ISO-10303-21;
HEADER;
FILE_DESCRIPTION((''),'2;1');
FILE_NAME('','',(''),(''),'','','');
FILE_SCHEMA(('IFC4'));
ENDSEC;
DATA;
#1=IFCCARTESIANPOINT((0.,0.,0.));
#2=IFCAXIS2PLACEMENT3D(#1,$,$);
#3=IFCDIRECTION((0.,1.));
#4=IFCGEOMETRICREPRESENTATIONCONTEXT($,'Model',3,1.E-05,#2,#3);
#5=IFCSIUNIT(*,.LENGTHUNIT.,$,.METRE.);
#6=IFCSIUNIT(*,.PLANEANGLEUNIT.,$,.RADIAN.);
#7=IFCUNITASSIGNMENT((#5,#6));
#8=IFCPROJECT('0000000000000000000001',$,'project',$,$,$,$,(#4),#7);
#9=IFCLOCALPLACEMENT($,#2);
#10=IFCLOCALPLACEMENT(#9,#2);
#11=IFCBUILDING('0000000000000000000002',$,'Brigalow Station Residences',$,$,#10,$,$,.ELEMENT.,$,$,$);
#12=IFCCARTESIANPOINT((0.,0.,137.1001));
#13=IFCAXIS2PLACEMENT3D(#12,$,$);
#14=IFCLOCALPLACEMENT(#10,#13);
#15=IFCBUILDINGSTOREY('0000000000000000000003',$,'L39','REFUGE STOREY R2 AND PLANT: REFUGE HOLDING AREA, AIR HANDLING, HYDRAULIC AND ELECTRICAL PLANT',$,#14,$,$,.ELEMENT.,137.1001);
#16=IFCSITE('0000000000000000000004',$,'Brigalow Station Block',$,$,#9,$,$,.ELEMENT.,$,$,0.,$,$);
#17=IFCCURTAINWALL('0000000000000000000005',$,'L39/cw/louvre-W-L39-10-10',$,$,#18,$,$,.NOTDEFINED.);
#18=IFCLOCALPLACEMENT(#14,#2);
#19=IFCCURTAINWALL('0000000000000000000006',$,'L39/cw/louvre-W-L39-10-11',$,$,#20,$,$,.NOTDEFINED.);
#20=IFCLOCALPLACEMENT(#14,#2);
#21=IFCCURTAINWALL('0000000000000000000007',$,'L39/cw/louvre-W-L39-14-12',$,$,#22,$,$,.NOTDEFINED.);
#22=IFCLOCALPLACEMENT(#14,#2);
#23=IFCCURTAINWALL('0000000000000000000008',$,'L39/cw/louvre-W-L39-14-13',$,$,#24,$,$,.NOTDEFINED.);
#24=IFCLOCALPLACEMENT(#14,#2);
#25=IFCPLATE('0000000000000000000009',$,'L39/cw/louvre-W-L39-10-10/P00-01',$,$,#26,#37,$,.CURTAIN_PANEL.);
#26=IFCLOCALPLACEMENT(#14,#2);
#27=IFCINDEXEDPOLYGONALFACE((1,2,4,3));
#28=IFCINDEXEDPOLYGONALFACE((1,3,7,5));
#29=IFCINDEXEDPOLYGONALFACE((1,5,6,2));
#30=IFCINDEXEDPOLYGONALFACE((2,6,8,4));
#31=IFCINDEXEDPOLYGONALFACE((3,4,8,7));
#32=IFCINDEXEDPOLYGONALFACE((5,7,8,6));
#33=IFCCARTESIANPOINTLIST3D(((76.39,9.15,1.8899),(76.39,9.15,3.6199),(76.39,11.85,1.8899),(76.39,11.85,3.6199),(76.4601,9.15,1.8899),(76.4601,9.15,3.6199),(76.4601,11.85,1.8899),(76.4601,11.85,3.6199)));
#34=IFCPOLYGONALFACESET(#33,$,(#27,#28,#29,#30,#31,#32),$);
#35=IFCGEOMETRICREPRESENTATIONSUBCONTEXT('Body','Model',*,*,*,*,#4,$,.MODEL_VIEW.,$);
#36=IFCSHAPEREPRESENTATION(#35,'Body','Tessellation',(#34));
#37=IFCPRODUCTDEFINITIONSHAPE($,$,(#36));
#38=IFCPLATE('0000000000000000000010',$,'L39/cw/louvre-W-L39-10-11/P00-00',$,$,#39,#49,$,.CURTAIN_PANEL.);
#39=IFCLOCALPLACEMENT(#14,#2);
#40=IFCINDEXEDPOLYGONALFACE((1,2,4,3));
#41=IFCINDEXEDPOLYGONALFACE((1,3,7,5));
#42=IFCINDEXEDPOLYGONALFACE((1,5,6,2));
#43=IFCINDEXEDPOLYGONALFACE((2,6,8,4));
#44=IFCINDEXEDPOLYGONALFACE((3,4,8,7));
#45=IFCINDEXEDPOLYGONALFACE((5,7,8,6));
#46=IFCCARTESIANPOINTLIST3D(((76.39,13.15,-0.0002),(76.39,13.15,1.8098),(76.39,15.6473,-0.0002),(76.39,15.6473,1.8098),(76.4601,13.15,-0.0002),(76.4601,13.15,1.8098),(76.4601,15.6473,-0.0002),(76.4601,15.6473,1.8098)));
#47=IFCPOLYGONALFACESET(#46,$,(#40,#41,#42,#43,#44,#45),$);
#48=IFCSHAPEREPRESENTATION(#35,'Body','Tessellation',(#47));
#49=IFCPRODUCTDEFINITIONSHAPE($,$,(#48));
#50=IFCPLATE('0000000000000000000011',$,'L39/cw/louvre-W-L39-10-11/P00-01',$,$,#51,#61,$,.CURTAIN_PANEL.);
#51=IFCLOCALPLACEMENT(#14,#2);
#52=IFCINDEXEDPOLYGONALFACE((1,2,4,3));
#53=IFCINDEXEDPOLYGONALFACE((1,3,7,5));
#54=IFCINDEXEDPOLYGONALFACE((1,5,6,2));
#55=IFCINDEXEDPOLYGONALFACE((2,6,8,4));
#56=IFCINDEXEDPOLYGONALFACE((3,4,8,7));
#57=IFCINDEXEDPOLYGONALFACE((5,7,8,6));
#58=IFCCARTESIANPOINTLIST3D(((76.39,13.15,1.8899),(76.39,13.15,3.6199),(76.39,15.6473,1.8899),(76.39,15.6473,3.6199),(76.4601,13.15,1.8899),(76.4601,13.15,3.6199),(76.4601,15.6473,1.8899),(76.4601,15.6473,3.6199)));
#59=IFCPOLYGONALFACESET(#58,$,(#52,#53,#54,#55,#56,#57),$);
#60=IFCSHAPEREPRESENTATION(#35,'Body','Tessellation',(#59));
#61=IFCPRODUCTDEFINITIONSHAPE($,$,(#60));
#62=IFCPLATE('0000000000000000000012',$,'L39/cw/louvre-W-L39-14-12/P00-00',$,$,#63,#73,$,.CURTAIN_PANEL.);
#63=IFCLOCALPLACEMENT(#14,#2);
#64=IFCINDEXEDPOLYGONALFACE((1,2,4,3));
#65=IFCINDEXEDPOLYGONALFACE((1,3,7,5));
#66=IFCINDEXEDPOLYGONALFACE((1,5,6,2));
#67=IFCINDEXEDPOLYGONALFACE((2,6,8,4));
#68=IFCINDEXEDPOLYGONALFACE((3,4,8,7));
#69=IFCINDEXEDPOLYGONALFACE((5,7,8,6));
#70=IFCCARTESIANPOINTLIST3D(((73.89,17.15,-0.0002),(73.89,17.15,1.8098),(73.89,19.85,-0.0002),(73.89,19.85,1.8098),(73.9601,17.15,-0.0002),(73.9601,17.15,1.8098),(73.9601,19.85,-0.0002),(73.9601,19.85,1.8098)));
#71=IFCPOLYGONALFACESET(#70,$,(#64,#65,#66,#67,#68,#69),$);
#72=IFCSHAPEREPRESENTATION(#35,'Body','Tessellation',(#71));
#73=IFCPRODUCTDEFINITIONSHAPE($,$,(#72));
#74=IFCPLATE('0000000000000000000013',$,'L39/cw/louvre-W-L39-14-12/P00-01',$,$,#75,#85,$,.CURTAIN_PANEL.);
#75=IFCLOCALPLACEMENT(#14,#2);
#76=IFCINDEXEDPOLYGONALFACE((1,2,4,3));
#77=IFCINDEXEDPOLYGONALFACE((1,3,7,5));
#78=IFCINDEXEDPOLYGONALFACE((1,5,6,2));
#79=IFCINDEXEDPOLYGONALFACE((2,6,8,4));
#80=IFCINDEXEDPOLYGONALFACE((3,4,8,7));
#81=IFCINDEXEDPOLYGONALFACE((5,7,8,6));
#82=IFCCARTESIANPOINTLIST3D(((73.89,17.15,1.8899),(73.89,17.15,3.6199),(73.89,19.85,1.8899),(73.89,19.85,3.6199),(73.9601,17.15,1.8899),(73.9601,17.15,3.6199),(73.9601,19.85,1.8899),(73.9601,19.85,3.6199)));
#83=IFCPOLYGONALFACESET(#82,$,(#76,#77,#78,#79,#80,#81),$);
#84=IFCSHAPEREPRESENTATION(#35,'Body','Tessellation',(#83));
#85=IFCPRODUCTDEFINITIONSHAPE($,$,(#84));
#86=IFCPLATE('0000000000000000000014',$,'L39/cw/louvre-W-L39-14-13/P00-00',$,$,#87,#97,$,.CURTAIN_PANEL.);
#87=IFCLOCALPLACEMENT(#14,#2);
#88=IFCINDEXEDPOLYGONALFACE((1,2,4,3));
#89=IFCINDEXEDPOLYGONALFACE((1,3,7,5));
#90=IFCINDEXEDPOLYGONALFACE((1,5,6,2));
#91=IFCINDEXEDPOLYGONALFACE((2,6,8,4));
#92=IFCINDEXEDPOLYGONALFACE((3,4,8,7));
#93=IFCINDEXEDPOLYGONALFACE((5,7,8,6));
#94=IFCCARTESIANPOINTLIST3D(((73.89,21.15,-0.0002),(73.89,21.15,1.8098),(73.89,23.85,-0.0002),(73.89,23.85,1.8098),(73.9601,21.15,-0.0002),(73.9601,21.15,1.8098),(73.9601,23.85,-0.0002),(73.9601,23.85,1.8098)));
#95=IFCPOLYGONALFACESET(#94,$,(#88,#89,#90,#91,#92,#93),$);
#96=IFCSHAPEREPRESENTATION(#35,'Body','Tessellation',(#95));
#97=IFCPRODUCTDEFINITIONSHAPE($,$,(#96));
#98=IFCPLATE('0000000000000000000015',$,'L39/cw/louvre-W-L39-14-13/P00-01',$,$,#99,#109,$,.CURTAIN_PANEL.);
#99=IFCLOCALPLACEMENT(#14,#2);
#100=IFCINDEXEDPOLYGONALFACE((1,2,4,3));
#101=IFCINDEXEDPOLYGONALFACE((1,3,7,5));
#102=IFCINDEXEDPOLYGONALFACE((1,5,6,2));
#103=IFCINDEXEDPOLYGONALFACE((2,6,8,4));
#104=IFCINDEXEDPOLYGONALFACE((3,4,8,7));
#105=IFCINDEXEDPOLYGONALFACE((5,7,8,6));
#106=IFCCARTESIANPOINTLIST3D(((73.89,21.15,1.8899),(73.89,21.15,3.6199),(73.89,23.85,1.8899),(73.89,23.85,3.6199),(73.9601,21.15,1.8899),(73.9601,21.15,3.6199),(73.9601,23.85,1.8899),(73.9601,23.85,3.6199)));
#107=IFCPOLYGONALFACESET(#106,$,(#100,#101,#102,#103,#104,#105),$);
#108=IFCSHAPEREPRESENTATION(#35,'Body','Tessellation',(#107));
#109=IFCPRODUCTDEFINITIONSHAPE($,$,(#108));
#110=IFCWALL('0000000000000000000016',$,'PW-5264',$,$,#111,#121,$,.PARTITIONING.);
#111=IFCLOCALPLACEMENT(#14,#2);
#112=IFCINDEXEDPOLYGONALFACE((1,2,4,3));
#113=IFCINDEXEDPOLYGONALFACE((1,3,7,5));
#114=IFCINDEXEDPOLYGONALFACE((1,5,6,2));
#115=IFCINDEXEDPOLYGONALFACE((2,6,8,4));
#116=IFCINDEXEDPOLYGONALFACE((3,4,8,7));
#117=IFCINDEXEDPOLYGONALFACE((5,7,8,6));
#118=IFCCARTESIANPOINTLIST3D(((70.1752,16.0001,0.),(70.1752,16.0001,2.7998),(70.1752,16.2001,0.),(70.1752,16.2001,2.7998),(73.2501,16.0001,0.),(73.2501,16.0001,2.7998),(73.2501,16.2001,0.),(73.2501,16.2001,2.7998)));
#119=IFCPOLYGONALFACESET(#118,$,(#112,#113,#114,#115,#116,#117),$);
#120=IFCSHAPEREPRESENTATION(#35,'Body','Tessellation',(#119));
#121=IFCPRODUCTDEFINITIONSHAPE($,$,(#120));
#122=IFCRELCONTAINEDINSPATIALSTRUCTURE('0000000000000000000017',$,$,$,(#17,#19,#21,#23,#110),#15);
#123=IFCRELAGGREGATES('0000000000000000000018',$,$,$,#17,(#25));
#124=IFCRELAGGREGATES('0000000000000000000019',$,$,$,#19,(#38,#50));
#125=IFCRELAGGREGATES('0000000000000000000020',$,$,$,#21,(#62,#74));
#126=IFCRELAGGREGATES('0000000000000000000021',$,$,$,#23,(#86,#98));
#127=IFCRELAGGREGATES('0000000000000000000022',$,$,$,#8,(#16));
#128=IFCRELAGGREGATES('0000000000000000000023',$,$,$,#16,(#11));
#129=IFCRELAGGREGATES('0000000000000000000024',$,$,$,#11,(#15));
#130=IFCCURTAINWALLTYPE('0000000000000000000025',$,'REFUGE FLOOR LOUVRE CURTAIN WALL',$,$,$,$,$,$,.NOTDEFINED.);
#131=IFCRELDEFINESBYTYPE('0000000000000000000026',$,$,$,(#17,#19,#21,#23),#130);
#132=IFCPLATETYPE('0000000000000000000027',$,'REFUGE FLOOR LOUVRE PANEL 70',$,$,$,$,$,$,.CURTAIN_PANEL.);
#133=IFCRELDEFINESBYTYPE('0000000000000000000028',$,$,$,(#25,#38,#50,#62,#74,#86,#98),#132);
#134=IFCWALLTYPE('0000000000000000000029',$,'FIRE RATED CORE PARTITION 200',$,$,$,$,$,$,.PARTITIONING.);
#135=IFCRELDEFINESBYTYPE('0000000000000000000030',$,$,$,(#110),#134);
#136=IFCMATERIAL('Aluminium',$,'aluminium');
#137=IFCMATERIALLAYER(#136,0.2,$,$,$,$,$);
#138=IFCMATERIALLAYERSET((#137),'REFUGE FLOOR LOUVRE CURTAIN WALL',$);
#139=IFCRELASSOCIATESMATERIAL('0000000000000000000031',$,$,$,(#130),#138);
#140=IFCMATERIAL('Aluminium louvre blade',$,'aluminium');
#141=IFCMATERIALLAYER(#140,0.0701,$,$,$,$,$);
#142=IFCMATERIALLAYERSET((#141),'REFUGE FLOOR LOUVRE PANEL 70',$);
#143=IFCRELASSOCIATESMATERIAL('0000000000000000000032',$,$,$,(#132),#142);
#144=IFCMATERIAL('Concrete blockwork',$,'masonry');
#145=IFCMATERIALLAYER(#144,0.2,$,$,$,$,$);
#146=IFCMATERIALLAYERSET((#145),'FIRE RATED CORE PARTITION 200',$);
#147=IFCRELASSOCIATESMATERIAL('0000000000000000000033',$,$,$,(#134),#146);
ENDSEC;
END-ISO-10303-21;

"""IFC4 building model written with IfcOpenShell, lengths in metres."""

from ifc_helpers import new_model, si_unit, direction, frame, frame_2d, origin, origin_2d, place, context, subcontext, project, spatial, rectangle, extrude, material, layer, layer_set, type_object, element, aggregate, save


model = new_model("IFC4")

# Units and contexts
model_context = context("Model", 3, precision=1e-05, world=origin(), true_north=direction((0.0, 1.0)))
body_context = subcontext(model_context, "Body", "Model", "MODEL_VIEW")
ifc_project = project(units=[si_unit("LENGTHUNIT", "METRE"), si_unit("PLANEANGLEUNIT", "RADIAN")], contexts=[model_context])

# Site, building, storey
site_placement = place(None, origin())
site = spatial("IfcSite", under=ifc_project, at=site_placement, Name="Brigalow Station Block", CompositionType="ELEMENT", RefElevation=0.0)
building_placement = place(site_placement, origin())
building = spatial("IfcBuilding", under=site, at=building_placement, Name="Brigalow Station Residences", CompositionType="ELEMENT")
storey_placement = place(building_placement, frame((0.0, 0.0, 137.1001)))
storey = spatial("IfcBuildingStorey", under=building, at=storey_placement, Name="L39", Description="REFUGE STOREY R2 AND PLANT: REFUGE HOLDING AREA, AIR HANDLING, HYDRAULIC AND ELECTRICAL PLANT", CompositionType="ELEMENT", Elevation=137.1001)

# Shared definitions
ifc_material_1 = material(Name="Aluminium", Category="aluminium")
ifc_layer_1 = layer(ifc_material_1, 0.2)
ifc_layer_set_1 = layer_set([ifc_layer_1], Name="REFUGE FLOOR LOUVRE CURTAIN WALL")
curtain_wall_type = type_object("IfcCurtainWallType", Name="REFUGE FLOOR LOUVRE CURTAIN WALL", PredefinedType="NOTDEFINED", material=ifc_layer_set_1)

# Curtain walls
curtain_wall_1_placement = place(storey_placement, origin())
curtain_wall_1 = element("IfcCurtainWall", 1, at=curtain_wall_1_placement, inside=storey, type_object=curtain_wall_type, Name="L39/cw/louvre-W-L39-10-10", PredefinedType="NOTDEFINED")
curtain_wall_2_placement = place(storey_placement, origin())
curtain_wall_2 = element("IfcCurtainWall", 2, at=curtain_wall_2_placement, inside=storey, type_object=curtain_wall_type, Name="L39/cw/louvre-W-L39-10-11", PredefinedType="NOTDEFINED")
curtain_wall_3_placement = place(storey_placement, origin())
curtain_wall_3 = element("IfcCurtainWall", 3, at=curtain_wall_3_placement, inside=storey, type_object=curtain_wall_type, Name="L39/cw/louvre-W-L39-14-12", PredefinedType="NOTDEFINED")
curtain_wall_4_placement = place(storey_placement, origin())
curtain_wall_4 = element("IfcCurtainWall", 4, at=curtain_wall_4_placement, inside=storey, type_object=curtain_wall_type, Name="L39/cw/louvre-W-L39-14-13", PredefinedType="NOTDEFINED")

# Plates
ifc_material_2 = material(Name="Aluminium louvre blade", Category="aluminium")
ifc_layer_2 = layer(ifc_material_2, 0.0701)
ifc_layer_set_2 = layer_set([ifc_layer_2], Name="REFUGE FLOOR LOUVRE PANEL 70")
plate_type = type_object("IfcPlateType", Name="REFUGE FLOOR LOUVRE PANEL 70", PredefinedType="CURTAIN_PANEL", material=ifc_layer_set_2)
plate_1_placement = place(storey_placement, frame((76.425, 10.5, 1.8899), z_axis=(0.0, 0.0, 1.0), x_axis=(0.0, 1.0, 0.0)))
plate_1 = element("IfcPlate", 5, at=plate_1_placement, type_object=plate_type, Name="L39/cw/louvre-W-L39-10-10/P00-01", PredefinedType="CURTAIN_PANEL", context=body_context, shape_type="SweptSolid", body=[
    extrude(rectangle(XDim=2.7, YDim=0.0701, at=origin_2d()), origin(), (0.0, 0.0, 1.0), 1.73),
])
aggregate(curtain_wall_1, [plate_1])
plate_2_placement = place(storey_placement, frame((76.425, 14.3987, -0.0002), z_axis=(0.0, 0.0, 1.0), x_axis=(0.0, 1.0, 0.0)))
plate_2 = element("IfcPlate", 6, at=plate_2_placement, type_object=plate_type, Name="L39/cw/louvre-W-L39-10-11/P00-00", PredefinedType="CURTAIN_PANEL", context=body_context, shape_type="SweptSolid", body=[
    extrude(rectangle(XDim=2.4973, YDim=0.0701, at=origin_2d()), origin(), (0.0, 0.0, 1.0), 1.8101),
])
plate_3_placement = place(storey_placement, frame((76.425, 14.3987, 1.8899), z_axis=(0.0, 0.0, 1.0), x_axis=(0.0, 1.0, 0.0)))
plate_3 = element("IfcPlate", 7, at=plate_3_placement, type_object=plate_type, Name="L39/cw/louvre-W-L39-10-11/P00-01", PredefinedType="CURTAIN_PANEL", context=body_context, shape_type="SweptSolid", body=[
    extrude(rectangle(XDim=2.4973, YDim=0.0701, at=origin_2d()), origin(), (0.0, 0.0, 1.0), 1.73),
])
aggregate(curtain_wall_2, [plate_2, plate_3])
plate_4_placement = place(storey_placement, frame((73.925, 18.5, -0.0002), z_axis=(0.0, 0.0, 1.0), x_axis=(0.0, 1.0, 0.0)))
plate_4 = element("IfcPlate", 8, at=plate_4_placement, type_object=plate_type, Name="L39/cw/louvre-W-L39-14-12/P00-00", PredefinedType="CURTAIN_PANEL", context=body_context, shape_type="SweptSolid", body=[
    extrude(rectangle(XDim=2.7, YDim=0.0701, at=origin_2d()), origin(), (0.0, 0.0, 1.0), 1.8101),
])
plate_5_placement = place(storey_placement, frame((73.925, 18.5, 1.8899), z_axis=(0.0, 0.0, 1.0), x_axis=(0.0, 1.0, 0.0)))
plate_5 = element("IfcPlate", 9, at=plate_5_placement, type_object=plate_type, Name="L39/cw/louvre-W-L39-14-12/P00-01", PredefinedType="CURTAIN_PANEL", context=body_context, shape_type="SweptSolid", body=[
    extrude(rectangle(XDim=2.7, YDim=0.0701, at=origin_2d()), origin(), (0.0, 0.0, 1.0), 1.73),
])
aggregate(curtain_wall_3, [plate_4, plate_5])
plate_6_placement = place(storey_placement, frame((73.925, 22.5, -0.0002), z_axis=(0.0, 0.0, 1.0), x_axis=(0.0, 1.0, 0.0)))
plate_6 = element("IfcPlate", 10, at=plate_6_placement, type_object=plate_type, Name="L39/cw/louvre-W-L39-14-13/P00-00", PredefinedType="CURTAIN_PANEL", context=body_context, shape_type="SweptSolid", body=[
    extrude(rectangle(XDim=2.7, YDim=0.0701, at=origin_2d()), origin(), (0.0, 0.0, 1.0), 1.8101),
])
plate_7_placement = place(storey_placement, frame((73.925, 22.5, 1.8899), z_axis=(0.0, 0.0, 1.0), x_axis=(0.0, 1.0, 0.0)))
plate_7 = element("IfcPlate", 11, at=plate_7_placement, type_object=plate_type, Name="L39/cw/louvre-W-L39-14-13/P00-01", PredefinedType="CURTAIN_PANEL", context=body_context, shape_type="SweptSolid", body=[
    extrude(rectangle(XDim=2.7, YDim=0.0701, at=origin_2d()), origin(), (0.0, 0.0, 1.0), 1.73),
])
aggregate(curtain_wall_4, [plate_6, plate_7])

# Wall
ifc_material_3 = material(Name="Concrete blockwork", Category="masonry")
ifc_layer_3 = layer(ifc_material_3, 0.2)
ifc_layer_set_3 = layer_set([ifc_layer_3], Name="FIRE RATED CORE PARTITION 200")
wall_type = type_object("IfcWallType", Name="FIRE RATED CORE PARTITION 200", PredefinedType="PARTITIONING", material=ifc_layer_set_3)
wall_placement = place(storey_placement, frame((70.175, 16.1001, 0.0), z_axis=(0.0, 0.0, 1.0), x_axis=(1.0, 0.0, 0.0)))
element("IfcWall", 12, at=wall_placement, inside=storey, type_object=wall_type, Name="PW-5264", PredefinedType="PARTITIONING", context=body_context, shape_type="SweptSolid", body=[
    extrude(rectangle(XDim=3.075, YDim=0.2, at=frame_2d((1.5376, 0.0))), origin(), (0.0, 0.0, 1.0), 2.7998),
])

save(model, "model.ifc")
